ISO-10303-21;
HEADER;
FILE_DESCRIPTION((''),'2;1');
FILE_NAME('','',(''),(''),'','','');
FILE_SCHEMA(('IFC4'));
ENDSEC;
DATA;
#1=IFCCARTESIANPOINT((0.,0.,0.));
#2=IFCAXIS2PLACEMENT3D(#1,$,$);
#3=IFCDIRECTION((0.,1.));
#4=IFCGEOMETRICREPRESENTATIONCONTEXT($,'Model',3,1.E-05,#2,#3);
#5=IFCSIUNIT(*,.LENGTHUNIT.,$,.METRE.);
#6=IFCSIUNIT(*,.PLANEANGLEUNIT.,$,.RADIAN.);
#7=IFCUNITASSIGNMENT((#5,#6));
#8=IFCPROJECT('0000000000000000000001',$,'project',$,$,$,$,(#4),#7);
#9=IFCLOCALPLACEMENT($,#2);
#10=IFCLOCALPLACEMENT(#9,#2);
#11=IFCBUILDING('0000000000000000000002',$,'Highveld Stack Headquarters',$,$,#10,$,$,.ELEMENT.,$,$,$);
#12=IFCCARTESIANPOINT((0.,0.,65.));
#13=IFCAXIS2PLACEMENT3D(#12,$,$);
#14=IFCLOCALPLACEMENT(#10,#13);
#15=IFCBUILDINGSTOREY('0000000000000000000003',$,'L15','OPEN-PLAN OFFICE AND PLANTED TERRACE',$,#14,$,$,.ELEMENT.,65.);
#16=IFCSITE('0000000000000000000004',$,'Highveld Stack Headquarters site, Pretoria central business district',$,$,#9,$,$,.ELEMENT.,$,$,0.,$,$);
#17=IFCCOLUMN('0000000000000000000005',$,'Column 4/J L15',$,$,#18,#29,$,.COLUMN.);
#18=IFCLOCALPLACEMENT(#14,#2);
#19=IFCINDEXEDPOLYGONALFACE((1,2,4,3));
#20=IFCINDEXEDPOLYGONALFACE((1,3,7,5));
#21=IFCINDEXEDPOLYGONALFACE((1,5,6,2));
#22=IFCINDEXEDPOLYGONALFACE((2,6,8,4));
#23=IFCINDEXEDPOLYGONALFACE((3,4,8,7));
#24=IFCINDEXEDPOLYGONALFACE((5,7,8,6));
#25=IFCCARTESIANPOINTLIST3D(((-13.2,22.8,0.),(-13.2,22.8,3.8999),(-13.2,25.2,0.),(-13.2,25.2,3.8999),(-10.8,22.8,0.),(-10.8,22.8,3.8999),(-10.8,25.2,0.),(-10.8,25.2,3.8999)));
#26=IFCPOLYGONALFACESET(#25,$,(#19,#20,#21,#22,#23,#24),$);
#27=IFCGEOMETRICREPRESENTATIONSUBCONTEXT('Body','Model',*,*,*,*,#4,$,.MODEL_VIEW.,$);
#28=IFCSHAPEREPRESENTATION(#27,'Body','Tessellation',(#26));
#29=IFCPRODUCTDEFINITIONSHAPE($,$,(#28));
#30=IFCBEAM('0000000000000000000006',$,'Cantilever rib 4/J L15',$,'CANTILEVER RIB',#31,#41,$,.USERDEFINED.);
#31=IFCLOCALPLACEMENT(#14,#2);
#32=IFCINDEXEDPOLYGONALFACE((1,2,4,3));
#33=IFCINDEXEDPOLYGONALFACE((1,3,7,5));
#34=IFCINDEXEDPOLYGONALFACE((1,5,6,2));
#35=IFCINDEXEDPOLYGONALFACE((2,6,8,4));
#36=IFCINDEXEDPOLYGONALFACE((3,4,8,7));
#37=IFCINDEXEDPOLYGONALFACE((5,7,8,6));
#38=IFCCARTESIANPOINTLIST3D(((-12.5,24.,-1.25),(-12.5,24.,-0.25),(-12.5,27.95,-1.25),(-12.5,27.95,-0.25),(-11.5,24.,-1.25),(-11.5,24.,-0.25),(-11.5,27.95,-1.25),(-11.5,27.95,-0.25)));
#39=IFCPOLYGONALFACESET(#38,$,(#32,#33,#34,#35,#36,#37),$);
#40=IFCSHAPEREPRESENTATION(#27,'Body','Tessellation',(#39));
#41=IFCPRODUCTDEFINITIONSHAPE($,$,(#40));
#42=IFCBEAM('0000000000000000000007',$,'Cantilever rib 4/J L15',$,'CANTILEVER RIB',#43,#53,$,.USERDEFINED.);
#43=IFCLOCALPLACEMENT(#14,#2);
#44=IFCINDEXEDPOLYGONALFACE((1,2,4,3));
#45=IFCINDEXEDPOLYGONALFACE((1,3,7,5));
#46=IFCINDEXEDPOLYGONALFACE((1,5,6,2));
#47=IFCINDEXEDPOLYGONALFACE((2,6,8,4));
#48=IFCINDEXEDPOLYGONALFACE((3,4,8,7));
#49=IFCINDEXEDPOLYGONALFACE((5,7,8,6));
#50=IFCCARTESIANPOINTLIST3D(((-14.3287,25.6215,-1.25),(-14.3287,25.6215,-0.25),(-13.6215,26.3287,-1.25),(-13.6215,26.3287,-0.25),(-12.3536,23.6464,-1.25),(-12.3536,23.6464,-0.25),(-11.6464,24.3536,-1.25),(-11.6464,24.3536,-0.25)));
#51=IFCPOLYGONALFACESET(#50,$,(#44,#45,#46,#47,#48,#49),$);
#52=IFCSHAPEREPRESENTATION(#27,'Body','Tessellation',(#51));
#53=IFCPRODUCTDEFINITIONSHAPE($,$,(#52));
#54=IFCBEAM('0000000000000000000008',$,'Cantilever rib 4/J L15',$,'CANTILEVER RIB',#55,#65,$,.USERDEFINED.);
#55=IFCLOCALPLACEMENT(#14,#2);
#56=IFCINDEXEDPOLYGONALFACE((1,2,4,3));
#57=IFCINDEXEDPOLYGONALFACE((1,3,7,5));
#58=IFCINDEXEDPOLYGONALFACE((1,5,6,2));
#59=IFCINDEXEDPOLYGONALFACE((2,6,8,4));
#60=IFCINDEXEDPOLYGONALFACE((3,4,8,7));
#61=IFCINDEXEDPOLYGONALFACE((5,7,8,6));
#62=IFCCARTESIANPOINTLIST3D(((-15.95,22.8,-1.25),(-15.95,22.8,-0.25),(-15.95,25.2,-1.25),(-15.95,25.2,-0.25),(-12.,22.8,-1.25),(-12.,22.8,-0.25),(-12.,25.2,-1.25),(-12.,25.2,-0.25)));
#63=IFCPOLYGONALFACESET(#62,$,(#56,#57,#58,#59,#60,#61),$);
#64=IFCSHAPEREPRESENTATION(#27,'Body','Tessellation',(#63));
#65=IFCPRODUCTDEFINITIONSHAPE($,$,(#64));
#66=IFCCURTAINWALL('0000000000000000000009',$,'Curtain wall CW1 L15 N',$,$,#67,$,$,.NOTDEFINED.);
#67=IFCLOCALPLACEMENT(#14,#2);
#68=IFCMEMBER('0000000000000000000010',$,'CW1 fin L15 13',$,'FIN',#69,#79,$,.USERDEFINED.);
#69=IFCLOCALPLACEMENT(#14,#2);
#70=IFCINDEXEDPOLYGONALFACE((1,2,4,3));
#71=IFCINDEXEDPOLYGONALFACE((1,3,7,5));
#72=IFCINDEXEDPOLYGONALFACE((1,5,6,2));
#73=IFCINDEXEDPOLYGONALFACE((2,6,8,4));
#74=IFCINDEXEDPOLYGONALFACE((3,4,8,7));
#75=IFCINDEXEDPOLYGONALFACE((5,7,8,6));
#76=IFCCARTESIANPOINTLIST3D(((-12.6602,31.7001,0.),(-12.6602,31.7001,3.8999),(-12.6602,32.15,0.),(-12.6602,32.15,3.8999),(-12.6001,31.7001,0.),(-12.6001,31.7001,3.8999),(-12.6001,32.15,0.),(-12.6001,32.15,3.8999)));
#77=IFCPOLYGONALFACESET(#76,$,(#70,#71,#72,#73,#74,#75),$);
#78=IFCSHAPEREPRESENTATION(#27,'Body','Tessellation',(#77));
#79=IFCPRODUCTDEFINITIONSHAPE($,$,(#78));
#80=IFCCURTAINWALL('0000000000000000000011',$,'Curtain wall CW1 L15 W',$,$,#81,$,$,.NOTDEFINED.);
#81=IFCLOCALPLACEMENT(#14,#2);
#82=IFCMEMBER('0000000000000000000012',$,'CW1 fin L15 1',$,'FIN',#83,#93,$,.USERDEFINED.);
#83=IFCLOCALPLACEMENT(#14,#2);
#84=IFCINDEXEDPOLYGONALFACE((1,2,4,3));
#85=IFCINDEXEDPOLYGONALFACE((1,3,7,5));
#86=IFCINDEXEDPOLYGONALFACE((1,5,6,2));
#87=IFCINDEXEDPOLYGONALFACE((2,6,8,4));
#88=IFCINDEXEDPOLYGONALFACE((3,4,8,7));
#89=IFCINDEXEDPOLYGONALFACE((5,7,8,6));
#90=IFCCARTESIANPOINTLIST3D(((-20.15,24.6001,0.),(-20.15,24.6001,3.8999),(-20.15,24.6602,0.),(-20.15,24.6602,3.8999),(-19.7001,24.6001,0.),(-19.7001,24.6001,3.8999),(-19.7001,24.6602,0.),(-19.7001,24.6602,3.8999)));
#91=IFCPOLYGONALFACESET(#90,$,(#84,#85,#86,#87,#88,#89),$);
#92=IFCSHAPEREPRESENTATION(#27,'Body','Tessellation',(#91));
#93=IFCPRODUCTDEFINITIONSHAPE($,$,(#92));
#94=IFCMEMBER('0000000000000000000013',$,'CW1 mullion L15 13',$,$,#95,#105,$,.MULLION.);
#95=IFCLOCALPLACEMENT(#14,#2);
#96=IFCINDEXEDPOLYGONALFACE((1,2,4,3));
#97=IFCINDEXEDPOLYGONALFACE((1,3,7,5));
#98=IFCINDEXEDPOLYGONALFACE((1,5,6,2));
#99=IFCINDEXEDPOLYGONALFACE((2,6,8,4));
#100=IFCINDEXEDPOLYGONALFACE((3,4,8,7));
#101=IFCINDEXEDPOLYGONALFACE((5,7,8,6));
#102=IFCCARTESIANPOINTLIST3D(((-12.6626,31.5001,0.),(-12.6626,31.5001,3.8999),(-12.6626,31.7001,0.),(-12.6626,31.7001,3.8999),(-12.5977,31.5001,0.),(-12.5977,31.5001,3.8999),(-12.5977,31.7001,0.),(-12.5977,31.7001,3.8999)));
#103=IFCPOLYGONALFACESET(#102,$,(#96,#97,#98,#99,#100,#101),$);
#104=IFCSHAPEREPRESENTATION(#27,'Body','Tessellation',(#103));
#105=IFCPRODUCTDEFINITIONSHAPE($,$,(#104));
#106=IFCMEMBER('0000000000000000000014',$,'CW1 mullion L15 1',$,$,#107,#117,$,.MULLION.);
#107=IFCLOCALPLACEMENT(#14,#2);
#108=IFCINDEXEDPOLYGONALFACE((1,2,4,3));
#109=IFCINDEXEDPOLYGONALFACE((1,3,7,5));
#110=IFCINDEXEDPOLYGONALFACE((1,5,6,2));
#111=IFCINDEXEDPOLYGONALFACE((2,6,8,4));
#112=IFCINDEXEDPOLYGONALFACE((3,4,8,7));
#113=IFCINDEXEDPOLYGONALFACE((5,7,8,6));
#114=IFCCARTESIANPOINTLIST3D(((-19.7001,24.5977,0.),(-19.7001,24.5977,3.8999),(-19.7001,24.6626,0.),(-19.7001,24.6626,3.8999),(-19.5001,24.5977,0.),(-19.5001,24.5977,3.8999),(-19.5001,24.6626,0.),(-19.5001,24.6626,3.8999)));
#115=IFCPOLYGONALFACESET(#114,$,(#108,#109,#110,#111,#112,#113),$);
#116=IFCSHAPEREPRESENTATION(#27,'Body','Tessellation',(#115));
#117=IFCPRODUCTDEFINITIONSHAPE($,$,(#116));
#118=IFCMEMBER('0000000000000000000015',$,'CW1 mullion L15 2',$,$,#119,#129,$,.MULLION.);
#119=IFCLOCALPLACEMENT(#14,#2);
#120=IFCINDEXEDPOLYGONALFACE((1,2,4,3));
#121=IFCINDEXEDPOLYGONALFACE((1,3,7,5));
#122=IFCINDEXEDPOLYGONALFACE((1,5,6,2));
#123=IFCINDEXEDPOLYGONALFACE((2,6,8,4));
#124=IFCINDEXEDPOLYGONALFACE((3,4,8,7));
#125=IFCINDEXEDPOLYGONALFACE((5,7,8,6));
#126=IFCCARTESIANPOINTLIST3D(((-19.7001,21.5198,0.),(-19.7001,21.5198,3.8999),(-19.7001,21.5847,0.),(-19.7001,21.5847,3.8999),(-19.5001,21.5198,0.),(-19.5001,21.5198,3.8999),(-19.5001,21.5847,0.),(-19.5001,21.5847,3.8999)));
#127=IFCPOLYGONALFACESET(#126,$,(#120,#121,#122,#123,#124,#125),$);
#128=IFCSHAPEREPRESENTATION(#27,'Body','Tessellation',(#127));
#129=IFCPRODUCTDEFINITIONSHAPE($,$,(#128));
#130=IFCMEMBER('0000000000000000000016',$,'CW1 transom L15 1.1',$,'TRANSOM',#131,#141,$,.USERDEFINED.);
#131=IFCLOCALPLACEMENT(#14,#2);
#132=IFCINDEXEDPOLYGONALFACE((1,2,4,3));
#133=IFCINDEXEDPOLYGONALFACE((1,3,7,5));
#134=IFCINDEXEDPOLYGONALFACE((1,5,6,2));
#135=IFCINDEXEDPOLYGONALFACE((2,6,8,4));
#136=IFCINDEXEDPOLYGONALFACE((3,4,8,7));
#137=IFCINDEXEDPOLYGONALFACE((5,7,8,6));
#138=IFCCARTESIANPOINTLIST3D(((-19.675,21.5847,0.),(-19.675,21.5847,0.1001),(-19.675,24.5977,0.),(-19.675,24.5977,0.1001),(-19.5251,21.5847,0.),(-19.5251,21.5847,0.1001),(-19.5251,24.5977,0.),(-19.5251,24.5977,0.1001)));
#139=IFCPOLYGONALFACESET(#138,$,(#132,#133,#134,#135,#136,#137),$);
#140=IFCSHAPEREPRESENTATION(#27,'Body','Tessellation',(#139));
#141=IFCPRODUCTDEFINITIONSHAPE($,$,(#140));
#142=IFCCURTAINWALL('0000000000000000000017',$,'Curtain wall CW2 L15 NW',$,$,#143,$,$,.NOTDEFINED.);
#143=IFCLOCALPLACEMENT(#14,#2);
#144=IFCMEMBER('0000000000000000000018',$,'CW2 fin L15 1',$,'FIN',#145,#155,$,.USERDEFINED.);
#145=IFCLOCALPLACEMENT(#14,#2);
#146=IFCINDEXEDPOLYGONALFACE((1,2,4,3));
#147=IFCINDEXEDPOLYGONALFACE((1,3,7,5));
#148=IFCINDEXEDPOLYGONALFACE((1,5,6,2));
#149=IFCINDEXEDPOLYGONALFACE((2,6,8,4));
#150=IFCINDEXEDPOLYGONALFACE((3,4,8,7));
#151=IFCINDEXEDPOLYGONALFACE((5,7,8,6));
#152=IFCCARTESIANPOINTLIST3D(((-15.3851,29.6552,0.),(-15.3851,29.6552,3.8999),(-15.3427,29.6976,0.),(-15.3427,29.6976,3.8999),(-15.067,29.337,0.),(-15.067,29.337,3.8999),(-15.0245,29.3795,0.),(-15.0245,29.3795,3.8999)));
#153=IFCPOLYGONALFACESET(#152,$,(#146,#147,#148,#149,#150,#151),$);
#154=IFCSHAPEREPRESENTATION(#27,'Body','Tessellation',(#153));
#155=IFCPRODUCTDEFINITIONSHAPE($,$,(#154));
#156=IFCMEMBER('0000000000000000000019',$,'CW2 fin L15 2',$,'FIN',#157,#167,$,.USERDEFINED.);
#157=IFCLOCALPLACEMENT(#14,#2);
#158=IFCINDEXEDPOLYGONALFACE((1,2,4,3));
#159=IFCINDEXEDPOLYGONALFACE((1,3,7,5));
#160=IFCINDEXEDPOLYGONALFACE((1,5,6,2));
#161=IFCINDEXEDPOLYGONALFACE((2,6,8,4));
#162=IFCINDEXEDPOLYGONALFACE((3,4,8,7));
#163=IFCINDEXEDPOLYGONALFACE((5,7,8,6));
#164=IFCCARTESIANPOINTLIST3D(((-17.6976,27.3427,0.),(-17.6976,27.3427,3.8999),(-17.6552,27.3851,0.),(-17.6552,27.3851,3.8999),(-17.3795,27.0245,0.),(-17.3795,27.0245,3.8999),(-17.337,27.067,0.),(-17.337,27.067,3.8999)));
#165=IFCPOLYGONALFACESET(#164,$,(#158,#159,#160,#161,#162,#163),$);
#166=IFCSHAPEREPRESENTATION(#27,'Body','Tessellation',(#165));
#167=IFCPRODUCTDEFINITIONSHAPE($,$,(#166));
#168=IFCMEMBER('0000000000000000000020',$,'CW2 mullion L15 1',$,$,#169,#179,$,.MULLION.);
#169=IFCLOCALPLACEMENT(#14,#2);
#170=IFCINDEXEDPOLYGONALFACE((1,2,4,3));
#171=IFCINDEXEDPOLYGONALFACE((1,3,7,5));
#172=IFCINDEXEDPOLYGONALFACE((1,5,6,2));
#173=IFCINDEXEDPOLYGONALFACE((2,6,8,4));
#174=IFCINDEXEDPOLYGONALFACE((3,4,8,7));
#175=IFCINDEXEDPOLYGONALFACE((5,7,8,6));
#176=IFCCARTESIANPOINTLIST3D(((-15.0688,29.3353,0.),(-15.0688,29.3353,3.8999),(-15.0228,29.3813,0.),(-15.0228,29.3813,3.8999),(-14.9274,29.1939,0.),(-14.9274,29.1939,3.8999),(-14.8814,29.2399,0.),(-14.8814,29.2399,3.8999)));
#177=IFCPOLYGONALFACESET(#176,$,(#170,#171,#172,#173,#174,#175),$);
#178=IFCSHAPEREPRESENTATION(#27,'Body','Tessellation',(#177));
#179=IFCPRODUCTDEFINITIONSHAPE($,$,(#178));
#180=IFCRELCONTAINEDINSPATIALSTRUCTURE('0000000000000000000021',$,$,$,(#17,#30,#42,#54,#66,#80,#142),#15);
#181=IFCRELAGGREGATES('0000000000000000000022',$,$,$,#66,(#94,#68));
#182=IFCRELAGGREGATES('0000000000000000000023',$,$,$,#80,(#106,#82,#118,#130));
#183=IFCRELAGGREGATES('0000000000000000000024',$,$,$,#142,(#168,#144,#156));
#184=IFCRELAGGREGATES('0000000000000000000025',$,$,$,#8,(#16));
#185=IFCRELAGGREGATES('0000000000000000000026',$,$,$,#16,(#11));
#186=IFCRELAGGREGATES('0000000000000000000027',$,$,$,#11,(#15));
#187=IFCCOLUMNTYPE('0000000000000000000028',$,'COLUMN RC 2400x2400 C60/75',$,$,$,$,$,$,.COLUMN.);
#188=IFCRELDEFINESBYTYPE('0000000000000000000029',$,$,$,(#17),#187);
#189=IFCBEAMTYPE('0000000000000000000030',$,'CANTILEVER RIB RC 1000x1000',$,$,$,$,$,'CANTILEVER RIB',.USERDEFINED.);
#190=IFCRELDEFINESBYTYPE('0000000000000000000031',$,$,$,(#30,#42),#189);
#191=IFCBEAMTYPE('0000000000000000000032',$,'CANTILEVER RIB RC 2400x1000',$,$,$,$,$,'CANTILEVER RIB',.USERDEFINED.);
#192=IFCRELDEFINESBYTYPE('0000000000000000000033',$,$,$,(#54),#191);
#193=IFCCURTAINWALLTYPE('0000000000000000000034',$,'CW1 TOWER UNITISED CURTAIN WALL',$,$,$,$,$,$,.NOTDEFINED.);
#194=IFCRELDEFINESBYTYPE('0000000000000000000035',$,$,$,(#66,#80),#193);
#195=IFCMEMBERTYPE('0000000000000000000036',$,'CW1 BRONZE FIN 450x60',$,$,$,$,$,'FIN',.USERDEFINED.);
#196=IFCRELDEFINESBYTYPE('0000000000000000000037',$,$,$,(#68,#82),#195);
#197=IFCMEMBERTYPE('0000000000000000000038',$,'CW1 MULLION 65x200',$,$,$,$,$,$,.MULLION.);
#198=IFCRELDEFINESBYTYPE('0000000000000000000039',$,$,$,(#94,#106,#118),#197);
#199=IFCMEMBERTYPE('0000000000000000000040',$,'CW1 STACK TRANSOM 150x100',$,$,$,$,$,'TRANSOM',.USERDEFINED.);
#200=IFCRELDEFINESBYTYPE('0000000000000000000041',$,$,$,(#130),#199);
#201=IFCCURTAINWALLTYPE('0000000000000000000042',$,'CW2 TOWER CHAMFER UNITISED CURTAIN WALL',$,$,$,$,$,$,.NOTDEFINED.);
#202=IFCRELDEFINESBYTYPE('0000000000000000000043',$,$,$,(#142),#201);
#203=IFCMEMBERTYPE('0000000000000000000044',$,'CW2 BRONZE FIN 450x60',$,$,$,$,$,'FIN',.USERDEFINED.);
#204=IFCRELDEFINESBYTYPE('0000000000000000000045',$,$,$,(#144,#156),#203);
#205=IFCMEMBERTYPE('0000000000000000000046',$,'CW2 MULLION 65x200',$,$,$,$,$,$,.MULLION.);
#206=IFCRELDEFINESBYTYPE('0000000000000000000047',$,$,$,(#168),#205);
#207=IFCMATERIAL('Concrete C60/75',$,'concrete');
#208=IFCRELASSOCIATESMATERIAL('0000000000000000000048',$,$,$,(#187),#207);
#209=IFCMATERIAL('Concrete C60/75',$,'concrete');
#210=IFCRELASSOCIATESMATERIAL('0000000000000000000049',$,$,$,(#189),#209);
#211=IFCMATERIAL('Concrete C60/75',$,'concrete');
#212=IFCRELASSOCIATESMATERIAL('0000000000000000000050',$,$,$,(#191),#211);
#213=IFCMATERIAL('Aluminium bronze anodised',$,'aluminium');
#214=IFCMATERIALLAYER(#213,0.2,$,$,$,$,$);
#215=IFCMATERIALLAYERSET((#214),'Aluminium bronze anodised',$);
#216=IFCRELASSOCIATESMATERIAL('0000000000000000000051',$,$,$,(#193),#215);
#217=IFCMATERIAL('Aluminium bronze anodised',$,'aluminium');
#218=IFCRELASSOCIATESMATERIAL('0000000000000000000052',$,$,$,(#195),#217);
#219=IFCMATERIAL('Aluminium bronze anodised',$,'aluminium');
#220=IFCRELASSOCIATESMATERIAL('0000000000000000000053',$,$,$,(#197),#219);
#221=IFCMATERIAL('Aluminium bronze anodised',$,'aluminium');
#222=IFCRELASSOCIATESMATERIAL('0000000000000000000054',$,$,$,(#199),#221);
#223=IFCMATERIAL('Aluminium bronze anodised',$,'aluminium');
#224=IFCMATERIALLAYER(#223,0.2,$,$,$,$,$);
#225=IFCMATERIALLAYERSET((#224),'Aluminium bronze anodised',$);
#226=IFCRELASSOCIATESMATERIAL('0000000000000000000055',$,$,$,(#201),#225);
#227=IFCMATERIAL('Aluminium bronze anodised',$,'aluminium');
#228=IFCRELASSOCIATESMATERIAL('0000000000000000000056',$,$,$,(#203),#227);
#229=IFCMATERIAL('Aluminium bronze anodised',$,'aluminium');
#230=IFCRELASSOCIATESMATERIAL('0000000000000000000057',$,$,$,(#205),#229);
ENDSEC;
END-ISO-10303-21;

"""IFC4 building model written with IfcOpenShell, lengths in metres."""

from ifc_helpers import new_model, si_unit, direction, frame, origin, origin_2d, place, context, subcontext, project, spatial, rectangle, extrude, material, layer, layer_set, material_profile, profile_set, type_object, element, aggregate, save


model = new_model("IFC4")

# Units and contexts
model_context = context("Model", 3, precision=1e-05, world=origin(), true_north=direction((0.0, 1.0)))
body_context = subcontext(model_context, "Body", "Model", "MODEL_VIEW")
ifc_project = project(units=[si_unit("LENGTHUNIT", "METRE"), si_unit("PLANEANGLEUNIT", "RADIAN")], contexts=[model_context])

# Site, building, storey
site_placement = place(None, origin())
site = spatial("IfcSite", under=ifc_project, at=site_placement, Name="Highveld Stack Headquarters site, Pretoria central business district", CompositionType="ELEMENT", RefElevation=0.0)
building_placement = place(site_placement, origin())
building = spatial("IfcBuilding", under=site, at=building_placement, Name="Highveld Stack Headquarters", CompositionType="ELEMENT")
storey_placement = place(building_placement, frame((0.0, 0.0, 65.0)))
storey = spatial("IfcBuildingStorey", under=building, at=storey_placement, Name="L15", Description="OPEN-PLAN OFFICE AND PLANTED TERRACE", CompositionType="ELEMENT", Elevation=65.0)

# Column
ifc_material_1 = material(Name="Concrete C60/75", Category="concrete")
ifc_material_profile_1 = material_profile(ifc_material_1, rectangle(XDim=2.3999, YDim=2.3999, at=origin_2d()), Name="RC 2400x2400")
ifc_profile_set_1 = profile_set([ifc_material_profile_1], Name="Concrete C60/75")
column_type = type_object("IfcColumnType", Name="COLUMN RC 2400x2400 C60/75", PredefinedType="COLUMN", material=ifc_profile_set_1)
column_placement = place(storey_placement, frame((-12.0, 24.0, 0.0), z_axis=(0.0, 0.0, 1.0), x_axis=(1.0, 0.0, 0.0)))
element("IfcColumn", 1, at=column_placement, inside=storey, type_object=column_type, Name="Column 4/J L15", PredefinedType="COLUMN", context=body_context, shape_type="SweptSolid", body=[
    extrude(rectangle(XDim=2.3999, YDim=2.3999, at=origin_2d()), origin(), (0.0, 0.0, 1.0), 3.8999),
])

# Beams
ifc_material_2 = material(Name="Concrete C60/75", Category="concrete")
ifc_material_profile_2 = material_profile(ifc_material_2, rectangle(XDim=1.0, YDim=1.0, at=origin_2d()), Name="RC 1000x1000")
ifc_profile_set_2 = profile_set([ifc_material_profile_2], Name="Concrete C60/75")
beam_type_1 = type_object("IfcBeamType", Name="CANTILEVER RIB RC 1000x1000", ElementType="CANTILEVER RIB", PredefinedType="USERDEFINED", material=ifc_profile_set_2)
beam_1_placement = place(storey_placement, frame((-12.0, 24.0, -0.75), z_axis=(0.0, 1.0, 0.0), x_axis=(-1.0, 0.0, 0.0)))
element("IfcBeam", 2, at=beam_1_placement, inside=storey, type_object=beam_type_1, Name="Cantilever rib 4/J L15", ObjectType="CANTILEVER RIB", PredefinedType="USERDEFINED", context=body_context, shape_type="SweptSolid", body=[
    extrude(rectangle(XDim=1.0, YDim=1.0, at=origin_2d()), origin(), (0.0, 0.0, 1.0), 3.95),
])
beam_2_placement = place(storey_placement, frame((-12.0, 24.0, -0.75), z_axis=(-0.707107, 0.707107, 0.0), x_axis=(-0.707107, -0.707107, 0.0)))
element("IfcBeam", 3, at=beam_2_placement, inside=storey, type_object=beam_type_1, Name="Cantilever rib 4/J L15", ObjectType="CANTILEVER RIB", PredefinedType="USERDEFINED", context=body_context, shape_type="SweptSolid", body=[
    extrude(rectangle(XDim=1.0, YDim=1.0, at=origin_2d()), origin(), (0.0, 0.0, 1.0), 2.7932),
])
ifc_material_3 = material(Name="Concrete C60/75", Category="concrete")
ifc_material_profile_3 = material_profile(ifc_material_3, rectangle(XDim=2.3999, YDim=1.0, at=origin_2d()), Name="RC 2400x1000")
ifc_profile_set_3 = profile_set([ifc_material_profile_3], Name="Concrete C60/75")
beam_type_2 = type_object("IfcBeamType", Name="CANTILEVER RIB RC 2400x1000", ElementType="CANTILEVER RIB", PredefinedType="USERDEFINED", material=ifc_profile_set_3)
beam_3_placement = place(storey_placement, frame((-12.0, 24.0, -0.75), z_axis=(-1.0, 0.0, 0.0), x_axis=(0.0, -1.0, 0.0)))
element("IfcBeam", 4, at=beam_3_placement, inside=storey, type_object=beam_type_2, Name="Cantilever rib 4/J L15", ObjectType="CANTILEVER RIB", PredefinedType="USERDEFINED", context=body_context, shape_type="SweptSolid", body=[
    extrude(rectangle(XDim=2.3999, YDim=1.0, at=origin_2d()), origin(), (0.0, 0.0, 1.0), 3.95),
])

# Curtain walls, members
ifc_material_4 = material(Name="Aluminium bronze anodised", Category="aluminium")
ifc_layer_1 = layer(ifc_material_4, 0.2)
ifc_layer_set_1 = layer_set([ifc_layer_1], Name="Aluminium bronze anodised")
curtain_wall_type_1 = type_object("IfcCurtainWallType", Name="CW1 TOWER UNITISED CURTAIN WALL", PredefinedType="NOTDEFINED", material=ifc_layer_set_1)
curtain_wall_1_placement = place(storey_placement, origin())
curtain_wall_1 = element("IfcCurtainWall", 5, at=curtain_wall_1_placement, inside=storey, type_object=curtain_wall_type_1, Name="Curtain wall CW1 L15 N", PredefinedType="NOTDEFINED")
ifc_material_5 = material(Name="Aluminium bronze anodised", Category="aluminium")
ifc_material_profile_4 = material_profile(ifc_material_5, rectangle(XDim=0.45, YDim=0.0601, at=origin_2d()), Name="FIN 450x60")
ifc_profile_set_4 = profile_set([ifc_material_profile_4], Name="Aluminium bronze anodised")
member_type_1 = type_object("IfcMemberType", Name="CW1 BRONZE FIN 450x60", ElementType="FIN", PredefinedType="USERDEFINED", material=ifc_profile_set_4)
member_1_placement = place(storey_placement, frame((-12.6301, 31.925, 0.0), z_axis=(0.0, 0.0, 1.0), x_axis=(0.0, -1.0, 0.0)))
member_1 = element("IfcMember", 6, at=member_1_placement, type_object=member_type_1, Name="CW1 fin L15 13", ObjectType="FIN", PredefinedType="USERDEFINED", context=body_context, shape_type="SweptSolid", body=[
    extrude(rectangle(XDim=0.45, YDim=0.0601, at=origin_2d()), origin(), (0.0, 0.0, 1.0), 3.8999),
])
curtain_wall_2_placement = place(storey_placement, origin())
curtain_wall_2 = element("IfcCurtainWall", 7, at=curtain_wall_2_placement, inside=storey, type_object=curtain_wall_type_1, Name="Curtain wall CW1 L15 W", PredefinedType="NOTDEFINED")
member_2_placement = place(storey_placement, frame((-19.925, 24.6301, 0.0), z_axis=(0.0, 0.0, 1.0), x_axis=(1.0, 0.0, 0.0)))
member_2 = element("IfcMember", 8, at=member_2_placement, type_object=member_type_1, Name="CW1 fin L15 1", ObjectType="FIN", PredefinedType="USERDEFINED", context=body_context, shape_type="SweptSolid", body=[
    extrude(rectangle(XDim=0.45, YDim=0.0601, at=origin_2d()), origin(), (0.0, 0.0, 1.0), 3.8999),
])

# Members
ifc_material_6 = material(Name="Aluminium bronze anodised", Category="aluminium")
ifc_material_profile_5 = material_profile(ifc_material_6, rectangle(XDim=0.2, YDim=0.0649, at=origin_2d()), Name="CW1 MULLION 65x200")
ifc_profile_set_5 = profile_set([ifc_material_profile_5], Name="Aluminium bronze anodised")
member_type_2 = type_object("IfcMemberType", Name="CW1 MULLION 65x200", PredefinedType="MULLION", material=ifc_profile_set_5)
member_3_placement = place(storey_placement, frame((-12.6301, 31.6001, 0.0), z_axis=(0.0, 0.0, 1.0), x_axis=(0.0, -1.0, 0.0)))
member_3 = element("IfcMember", 9, at=member_3_placement, type_object=member_type_2, Name="CW1 mullion L15 13", PredefinedType="MULLION", context=body_context, shape_type="SweptSolid", body=[
    extrude(rectangle(XDim=0.2, YDim=0.0649, at=origin_2d()), origin(), (0.0, 0.0, 1.0), 3.8999),
])
member_4_placement = place(storey_placement, frame((-19.6001, 24.6301, 0.0), z_axis=(0.0, 0.0, 1.0), x_axis=(1.0, 0.0, 0.0)))
member_4 = element("IfcMember", 10, at=member_4_placement, type_object=member_type_2, Name="CW1 mullion L15 1", PredefinedType="MULLION", context=body_context, shape_type="SweptSolid", body=[
    extrude(rectangle(XDim=0.2, YDim=0.0649, at=origin_2d()), origin(), (0.0, 0.0, 1.0), 3.8999),
])
member_5_placement = place(storey_placement, frame((-19.6001, 21.5522, 0.0), z_axis=(0.0, 0.0, 1.0), x_axis=(1.0, 0.0, 0.0)))
member_5 = element("IfcMember", 11, at=member_5_placement, type_object=member_type_2, Name="CW1 mullion L15 2", PredefinedType="MULLION", context=body_context, shape_type="SweptSolid", body=[
    extrude(rectangle(XDim=0.2, YDim=0.0649, at=origin_2d()), origin(), (0.0, 0.0, 1.0), 3.8999),
])
ifc_material_7 = material(Name="Aluminium bronze anodised", Category="aluminium")
ifc_material_profile_6 = material_profile(ifc_material_7, rectangle(XDim=0.1499, YDim=0.1001, at=origin_2d()), Name="CW1 TRANSOM 150x100")
ifc_profile_set_6 = profile_set([ifc_material_profile_6], Name="Aluminium bronze anodised")
member_type_3 = type_object("IfcMemberType", Name="CW1 STACK TRANSOM 150x100", ElementType="TRANSOM", PredefinedType="USERDEFINED", material=ifc_profile_set_6)
member_6_placement = place(storey_placement, frame((-19.6001, 24.5977, 0.05), z_axis=(0.0, -1.0, 0.0), x_axis=(1.0, 0.0, 0.0)))
member_6 = element("IfcMember", 12, at=member_6_placement, type_object=member_type_3, Name="CW1 transom L15 1.1", ObjectType="TRANSOM", PredefinedType="USERDEFINED", context=body_context, shape_type="SweptSolid", body=[
    extrude(rectangle(XDim=0.1499, YDim=0.1001, at=origin_2d()), origin(), (0.0, 0.0, 1.0), 3.0129),
])

# Curtain wall, members
ifc_material_8 = material(Name="Aluminium bronze anodised", Category="aluminium")
ifc_layer_2 = layer(ifc_material_8, 0.2)
ifc_layer_set_2 = layer_set([ifc_layer_2], Name="Aluminium bronze anodised")
curtain_wall_type_2 = type_object("IfcCurtainWallType", Name="CW2 TOWER CHAMFER UNITISED CURTAIN WALL", PredefinedType="NOTDEFINED", material=ifc_layer_set_2)
curtain_wall_3_placement = place(storey_placement, origin())
curtain_wall_3 = element("IfcCurtainWall", 13, at=curtain_wall_3_placement, inside=storey, type_object=curtain_wall_type_2, Name="Curtain wall CW2 L15 NW", PredefinedType="NOTDEFINED")
ifc_material_9 = material(Name="Aluminium bronze anodised", Category="aluminium")
ifc_material_profile_7 = material_profile(ifc_material_9, rectangle(XDim=0.45, YDim=0.0601, at=origin_2d()), Name="FIN 450x60")
ifc_profile_set_7 = profile_set([ifc_material_profile_7], Name="Aluminium bronze anodised")
member_type_4 = type_object("IfcMemberType", Name="CW2 BRONZE FIN 450x60", ElementType="FIN", PredefinedType="USERDEFINED", material=ifc_profile_set_7)
member_7_placement = place(storey_placement, frame((-15.2048, 29.5173, 0.0), z_axis=(0.0, 0.0, 1.0), x_axis=(0.707107, -0.707107, 0.0)))
member_7 = element("IfcMember", 14, at=member_7_placement, type_object=member_type_4, Name="CW2 fin L15 1", ObjectType="FIN", PredefinedType="USERDEFINED", context=body_context, shape_type="SweptSolid", body=[
    extrude(rectangle(XDim=0.45, YDim=0.0601, at=origin_2d()), origin(), (0.0, 0.0, 1.0), 3.8999),
])
member_8_placement = place(storey_placement, frame((-17.5173, 27.2048, 0.0), z_axis=(0.0, 0.0, 1.0), x_axis=(0.707107, -0.707107, 0.0)))
member_8 = element("IfcMember", 15, at=member_8_placement, type_object=member_type_4, Name="CW2 fin L15 2", ObjectType="FIN", PredefinedType="USERDEFINED", context=body_context, shape_type="SweptSolid", body=[
    extrude(rectangle(XDim=0.45, YDim=0.0601, at=origin_2d()), origin(), (0.0, 0.0, 1.0), 3.8999),
])
ifc_material_10 = material(Name="Aluminium bronze anodised", Category="aluminium")
ifc_material_profile_8 = material_profile(ifc_material_10, rectangle(XDim=0.2, YDim=0.0649, at=origin_2d()), Name="CW2 MULLION 65x200")
ifc_profile_set_8 = profile_set([ifc_material_profile_8], Name="Aluminium bronze anodised")
member_type_5 = type_object("IfcMemberType", Name="CW2 MULLION 65x200", PredefinedType="MULLION", material=ifc_profile_set_8)
member_9_placement = place(storey_placement, frame((-14.9751, 29.2876, 0.0), z_axis=(0.0, 0.0, 1.0), x_axis=(0.707107, -0.707107, 0.0)))
member_9 = element("IfcMember", 16, at=member_9_placement, type_object=member_type_5, Name="CW2 mullion L15 1", PredefinedType="MULLION", context=body_context, shape_type="SweptSolid", body=[
    extrude(rectangle(XDim=0.2, YDim=0.0649, at=origin_2d()), origin(), (0.0, 0.0, 1.0), 3.8999),
])

aggregate(curtain_wall_1, [member_3, member_1])
aggregate(curtain_wall_2, [member_4, member_2, member_5, member_6])
aggregate(curtain_wall_3, [member_9, member_7, member_8])

save(model, "model.ifc")
